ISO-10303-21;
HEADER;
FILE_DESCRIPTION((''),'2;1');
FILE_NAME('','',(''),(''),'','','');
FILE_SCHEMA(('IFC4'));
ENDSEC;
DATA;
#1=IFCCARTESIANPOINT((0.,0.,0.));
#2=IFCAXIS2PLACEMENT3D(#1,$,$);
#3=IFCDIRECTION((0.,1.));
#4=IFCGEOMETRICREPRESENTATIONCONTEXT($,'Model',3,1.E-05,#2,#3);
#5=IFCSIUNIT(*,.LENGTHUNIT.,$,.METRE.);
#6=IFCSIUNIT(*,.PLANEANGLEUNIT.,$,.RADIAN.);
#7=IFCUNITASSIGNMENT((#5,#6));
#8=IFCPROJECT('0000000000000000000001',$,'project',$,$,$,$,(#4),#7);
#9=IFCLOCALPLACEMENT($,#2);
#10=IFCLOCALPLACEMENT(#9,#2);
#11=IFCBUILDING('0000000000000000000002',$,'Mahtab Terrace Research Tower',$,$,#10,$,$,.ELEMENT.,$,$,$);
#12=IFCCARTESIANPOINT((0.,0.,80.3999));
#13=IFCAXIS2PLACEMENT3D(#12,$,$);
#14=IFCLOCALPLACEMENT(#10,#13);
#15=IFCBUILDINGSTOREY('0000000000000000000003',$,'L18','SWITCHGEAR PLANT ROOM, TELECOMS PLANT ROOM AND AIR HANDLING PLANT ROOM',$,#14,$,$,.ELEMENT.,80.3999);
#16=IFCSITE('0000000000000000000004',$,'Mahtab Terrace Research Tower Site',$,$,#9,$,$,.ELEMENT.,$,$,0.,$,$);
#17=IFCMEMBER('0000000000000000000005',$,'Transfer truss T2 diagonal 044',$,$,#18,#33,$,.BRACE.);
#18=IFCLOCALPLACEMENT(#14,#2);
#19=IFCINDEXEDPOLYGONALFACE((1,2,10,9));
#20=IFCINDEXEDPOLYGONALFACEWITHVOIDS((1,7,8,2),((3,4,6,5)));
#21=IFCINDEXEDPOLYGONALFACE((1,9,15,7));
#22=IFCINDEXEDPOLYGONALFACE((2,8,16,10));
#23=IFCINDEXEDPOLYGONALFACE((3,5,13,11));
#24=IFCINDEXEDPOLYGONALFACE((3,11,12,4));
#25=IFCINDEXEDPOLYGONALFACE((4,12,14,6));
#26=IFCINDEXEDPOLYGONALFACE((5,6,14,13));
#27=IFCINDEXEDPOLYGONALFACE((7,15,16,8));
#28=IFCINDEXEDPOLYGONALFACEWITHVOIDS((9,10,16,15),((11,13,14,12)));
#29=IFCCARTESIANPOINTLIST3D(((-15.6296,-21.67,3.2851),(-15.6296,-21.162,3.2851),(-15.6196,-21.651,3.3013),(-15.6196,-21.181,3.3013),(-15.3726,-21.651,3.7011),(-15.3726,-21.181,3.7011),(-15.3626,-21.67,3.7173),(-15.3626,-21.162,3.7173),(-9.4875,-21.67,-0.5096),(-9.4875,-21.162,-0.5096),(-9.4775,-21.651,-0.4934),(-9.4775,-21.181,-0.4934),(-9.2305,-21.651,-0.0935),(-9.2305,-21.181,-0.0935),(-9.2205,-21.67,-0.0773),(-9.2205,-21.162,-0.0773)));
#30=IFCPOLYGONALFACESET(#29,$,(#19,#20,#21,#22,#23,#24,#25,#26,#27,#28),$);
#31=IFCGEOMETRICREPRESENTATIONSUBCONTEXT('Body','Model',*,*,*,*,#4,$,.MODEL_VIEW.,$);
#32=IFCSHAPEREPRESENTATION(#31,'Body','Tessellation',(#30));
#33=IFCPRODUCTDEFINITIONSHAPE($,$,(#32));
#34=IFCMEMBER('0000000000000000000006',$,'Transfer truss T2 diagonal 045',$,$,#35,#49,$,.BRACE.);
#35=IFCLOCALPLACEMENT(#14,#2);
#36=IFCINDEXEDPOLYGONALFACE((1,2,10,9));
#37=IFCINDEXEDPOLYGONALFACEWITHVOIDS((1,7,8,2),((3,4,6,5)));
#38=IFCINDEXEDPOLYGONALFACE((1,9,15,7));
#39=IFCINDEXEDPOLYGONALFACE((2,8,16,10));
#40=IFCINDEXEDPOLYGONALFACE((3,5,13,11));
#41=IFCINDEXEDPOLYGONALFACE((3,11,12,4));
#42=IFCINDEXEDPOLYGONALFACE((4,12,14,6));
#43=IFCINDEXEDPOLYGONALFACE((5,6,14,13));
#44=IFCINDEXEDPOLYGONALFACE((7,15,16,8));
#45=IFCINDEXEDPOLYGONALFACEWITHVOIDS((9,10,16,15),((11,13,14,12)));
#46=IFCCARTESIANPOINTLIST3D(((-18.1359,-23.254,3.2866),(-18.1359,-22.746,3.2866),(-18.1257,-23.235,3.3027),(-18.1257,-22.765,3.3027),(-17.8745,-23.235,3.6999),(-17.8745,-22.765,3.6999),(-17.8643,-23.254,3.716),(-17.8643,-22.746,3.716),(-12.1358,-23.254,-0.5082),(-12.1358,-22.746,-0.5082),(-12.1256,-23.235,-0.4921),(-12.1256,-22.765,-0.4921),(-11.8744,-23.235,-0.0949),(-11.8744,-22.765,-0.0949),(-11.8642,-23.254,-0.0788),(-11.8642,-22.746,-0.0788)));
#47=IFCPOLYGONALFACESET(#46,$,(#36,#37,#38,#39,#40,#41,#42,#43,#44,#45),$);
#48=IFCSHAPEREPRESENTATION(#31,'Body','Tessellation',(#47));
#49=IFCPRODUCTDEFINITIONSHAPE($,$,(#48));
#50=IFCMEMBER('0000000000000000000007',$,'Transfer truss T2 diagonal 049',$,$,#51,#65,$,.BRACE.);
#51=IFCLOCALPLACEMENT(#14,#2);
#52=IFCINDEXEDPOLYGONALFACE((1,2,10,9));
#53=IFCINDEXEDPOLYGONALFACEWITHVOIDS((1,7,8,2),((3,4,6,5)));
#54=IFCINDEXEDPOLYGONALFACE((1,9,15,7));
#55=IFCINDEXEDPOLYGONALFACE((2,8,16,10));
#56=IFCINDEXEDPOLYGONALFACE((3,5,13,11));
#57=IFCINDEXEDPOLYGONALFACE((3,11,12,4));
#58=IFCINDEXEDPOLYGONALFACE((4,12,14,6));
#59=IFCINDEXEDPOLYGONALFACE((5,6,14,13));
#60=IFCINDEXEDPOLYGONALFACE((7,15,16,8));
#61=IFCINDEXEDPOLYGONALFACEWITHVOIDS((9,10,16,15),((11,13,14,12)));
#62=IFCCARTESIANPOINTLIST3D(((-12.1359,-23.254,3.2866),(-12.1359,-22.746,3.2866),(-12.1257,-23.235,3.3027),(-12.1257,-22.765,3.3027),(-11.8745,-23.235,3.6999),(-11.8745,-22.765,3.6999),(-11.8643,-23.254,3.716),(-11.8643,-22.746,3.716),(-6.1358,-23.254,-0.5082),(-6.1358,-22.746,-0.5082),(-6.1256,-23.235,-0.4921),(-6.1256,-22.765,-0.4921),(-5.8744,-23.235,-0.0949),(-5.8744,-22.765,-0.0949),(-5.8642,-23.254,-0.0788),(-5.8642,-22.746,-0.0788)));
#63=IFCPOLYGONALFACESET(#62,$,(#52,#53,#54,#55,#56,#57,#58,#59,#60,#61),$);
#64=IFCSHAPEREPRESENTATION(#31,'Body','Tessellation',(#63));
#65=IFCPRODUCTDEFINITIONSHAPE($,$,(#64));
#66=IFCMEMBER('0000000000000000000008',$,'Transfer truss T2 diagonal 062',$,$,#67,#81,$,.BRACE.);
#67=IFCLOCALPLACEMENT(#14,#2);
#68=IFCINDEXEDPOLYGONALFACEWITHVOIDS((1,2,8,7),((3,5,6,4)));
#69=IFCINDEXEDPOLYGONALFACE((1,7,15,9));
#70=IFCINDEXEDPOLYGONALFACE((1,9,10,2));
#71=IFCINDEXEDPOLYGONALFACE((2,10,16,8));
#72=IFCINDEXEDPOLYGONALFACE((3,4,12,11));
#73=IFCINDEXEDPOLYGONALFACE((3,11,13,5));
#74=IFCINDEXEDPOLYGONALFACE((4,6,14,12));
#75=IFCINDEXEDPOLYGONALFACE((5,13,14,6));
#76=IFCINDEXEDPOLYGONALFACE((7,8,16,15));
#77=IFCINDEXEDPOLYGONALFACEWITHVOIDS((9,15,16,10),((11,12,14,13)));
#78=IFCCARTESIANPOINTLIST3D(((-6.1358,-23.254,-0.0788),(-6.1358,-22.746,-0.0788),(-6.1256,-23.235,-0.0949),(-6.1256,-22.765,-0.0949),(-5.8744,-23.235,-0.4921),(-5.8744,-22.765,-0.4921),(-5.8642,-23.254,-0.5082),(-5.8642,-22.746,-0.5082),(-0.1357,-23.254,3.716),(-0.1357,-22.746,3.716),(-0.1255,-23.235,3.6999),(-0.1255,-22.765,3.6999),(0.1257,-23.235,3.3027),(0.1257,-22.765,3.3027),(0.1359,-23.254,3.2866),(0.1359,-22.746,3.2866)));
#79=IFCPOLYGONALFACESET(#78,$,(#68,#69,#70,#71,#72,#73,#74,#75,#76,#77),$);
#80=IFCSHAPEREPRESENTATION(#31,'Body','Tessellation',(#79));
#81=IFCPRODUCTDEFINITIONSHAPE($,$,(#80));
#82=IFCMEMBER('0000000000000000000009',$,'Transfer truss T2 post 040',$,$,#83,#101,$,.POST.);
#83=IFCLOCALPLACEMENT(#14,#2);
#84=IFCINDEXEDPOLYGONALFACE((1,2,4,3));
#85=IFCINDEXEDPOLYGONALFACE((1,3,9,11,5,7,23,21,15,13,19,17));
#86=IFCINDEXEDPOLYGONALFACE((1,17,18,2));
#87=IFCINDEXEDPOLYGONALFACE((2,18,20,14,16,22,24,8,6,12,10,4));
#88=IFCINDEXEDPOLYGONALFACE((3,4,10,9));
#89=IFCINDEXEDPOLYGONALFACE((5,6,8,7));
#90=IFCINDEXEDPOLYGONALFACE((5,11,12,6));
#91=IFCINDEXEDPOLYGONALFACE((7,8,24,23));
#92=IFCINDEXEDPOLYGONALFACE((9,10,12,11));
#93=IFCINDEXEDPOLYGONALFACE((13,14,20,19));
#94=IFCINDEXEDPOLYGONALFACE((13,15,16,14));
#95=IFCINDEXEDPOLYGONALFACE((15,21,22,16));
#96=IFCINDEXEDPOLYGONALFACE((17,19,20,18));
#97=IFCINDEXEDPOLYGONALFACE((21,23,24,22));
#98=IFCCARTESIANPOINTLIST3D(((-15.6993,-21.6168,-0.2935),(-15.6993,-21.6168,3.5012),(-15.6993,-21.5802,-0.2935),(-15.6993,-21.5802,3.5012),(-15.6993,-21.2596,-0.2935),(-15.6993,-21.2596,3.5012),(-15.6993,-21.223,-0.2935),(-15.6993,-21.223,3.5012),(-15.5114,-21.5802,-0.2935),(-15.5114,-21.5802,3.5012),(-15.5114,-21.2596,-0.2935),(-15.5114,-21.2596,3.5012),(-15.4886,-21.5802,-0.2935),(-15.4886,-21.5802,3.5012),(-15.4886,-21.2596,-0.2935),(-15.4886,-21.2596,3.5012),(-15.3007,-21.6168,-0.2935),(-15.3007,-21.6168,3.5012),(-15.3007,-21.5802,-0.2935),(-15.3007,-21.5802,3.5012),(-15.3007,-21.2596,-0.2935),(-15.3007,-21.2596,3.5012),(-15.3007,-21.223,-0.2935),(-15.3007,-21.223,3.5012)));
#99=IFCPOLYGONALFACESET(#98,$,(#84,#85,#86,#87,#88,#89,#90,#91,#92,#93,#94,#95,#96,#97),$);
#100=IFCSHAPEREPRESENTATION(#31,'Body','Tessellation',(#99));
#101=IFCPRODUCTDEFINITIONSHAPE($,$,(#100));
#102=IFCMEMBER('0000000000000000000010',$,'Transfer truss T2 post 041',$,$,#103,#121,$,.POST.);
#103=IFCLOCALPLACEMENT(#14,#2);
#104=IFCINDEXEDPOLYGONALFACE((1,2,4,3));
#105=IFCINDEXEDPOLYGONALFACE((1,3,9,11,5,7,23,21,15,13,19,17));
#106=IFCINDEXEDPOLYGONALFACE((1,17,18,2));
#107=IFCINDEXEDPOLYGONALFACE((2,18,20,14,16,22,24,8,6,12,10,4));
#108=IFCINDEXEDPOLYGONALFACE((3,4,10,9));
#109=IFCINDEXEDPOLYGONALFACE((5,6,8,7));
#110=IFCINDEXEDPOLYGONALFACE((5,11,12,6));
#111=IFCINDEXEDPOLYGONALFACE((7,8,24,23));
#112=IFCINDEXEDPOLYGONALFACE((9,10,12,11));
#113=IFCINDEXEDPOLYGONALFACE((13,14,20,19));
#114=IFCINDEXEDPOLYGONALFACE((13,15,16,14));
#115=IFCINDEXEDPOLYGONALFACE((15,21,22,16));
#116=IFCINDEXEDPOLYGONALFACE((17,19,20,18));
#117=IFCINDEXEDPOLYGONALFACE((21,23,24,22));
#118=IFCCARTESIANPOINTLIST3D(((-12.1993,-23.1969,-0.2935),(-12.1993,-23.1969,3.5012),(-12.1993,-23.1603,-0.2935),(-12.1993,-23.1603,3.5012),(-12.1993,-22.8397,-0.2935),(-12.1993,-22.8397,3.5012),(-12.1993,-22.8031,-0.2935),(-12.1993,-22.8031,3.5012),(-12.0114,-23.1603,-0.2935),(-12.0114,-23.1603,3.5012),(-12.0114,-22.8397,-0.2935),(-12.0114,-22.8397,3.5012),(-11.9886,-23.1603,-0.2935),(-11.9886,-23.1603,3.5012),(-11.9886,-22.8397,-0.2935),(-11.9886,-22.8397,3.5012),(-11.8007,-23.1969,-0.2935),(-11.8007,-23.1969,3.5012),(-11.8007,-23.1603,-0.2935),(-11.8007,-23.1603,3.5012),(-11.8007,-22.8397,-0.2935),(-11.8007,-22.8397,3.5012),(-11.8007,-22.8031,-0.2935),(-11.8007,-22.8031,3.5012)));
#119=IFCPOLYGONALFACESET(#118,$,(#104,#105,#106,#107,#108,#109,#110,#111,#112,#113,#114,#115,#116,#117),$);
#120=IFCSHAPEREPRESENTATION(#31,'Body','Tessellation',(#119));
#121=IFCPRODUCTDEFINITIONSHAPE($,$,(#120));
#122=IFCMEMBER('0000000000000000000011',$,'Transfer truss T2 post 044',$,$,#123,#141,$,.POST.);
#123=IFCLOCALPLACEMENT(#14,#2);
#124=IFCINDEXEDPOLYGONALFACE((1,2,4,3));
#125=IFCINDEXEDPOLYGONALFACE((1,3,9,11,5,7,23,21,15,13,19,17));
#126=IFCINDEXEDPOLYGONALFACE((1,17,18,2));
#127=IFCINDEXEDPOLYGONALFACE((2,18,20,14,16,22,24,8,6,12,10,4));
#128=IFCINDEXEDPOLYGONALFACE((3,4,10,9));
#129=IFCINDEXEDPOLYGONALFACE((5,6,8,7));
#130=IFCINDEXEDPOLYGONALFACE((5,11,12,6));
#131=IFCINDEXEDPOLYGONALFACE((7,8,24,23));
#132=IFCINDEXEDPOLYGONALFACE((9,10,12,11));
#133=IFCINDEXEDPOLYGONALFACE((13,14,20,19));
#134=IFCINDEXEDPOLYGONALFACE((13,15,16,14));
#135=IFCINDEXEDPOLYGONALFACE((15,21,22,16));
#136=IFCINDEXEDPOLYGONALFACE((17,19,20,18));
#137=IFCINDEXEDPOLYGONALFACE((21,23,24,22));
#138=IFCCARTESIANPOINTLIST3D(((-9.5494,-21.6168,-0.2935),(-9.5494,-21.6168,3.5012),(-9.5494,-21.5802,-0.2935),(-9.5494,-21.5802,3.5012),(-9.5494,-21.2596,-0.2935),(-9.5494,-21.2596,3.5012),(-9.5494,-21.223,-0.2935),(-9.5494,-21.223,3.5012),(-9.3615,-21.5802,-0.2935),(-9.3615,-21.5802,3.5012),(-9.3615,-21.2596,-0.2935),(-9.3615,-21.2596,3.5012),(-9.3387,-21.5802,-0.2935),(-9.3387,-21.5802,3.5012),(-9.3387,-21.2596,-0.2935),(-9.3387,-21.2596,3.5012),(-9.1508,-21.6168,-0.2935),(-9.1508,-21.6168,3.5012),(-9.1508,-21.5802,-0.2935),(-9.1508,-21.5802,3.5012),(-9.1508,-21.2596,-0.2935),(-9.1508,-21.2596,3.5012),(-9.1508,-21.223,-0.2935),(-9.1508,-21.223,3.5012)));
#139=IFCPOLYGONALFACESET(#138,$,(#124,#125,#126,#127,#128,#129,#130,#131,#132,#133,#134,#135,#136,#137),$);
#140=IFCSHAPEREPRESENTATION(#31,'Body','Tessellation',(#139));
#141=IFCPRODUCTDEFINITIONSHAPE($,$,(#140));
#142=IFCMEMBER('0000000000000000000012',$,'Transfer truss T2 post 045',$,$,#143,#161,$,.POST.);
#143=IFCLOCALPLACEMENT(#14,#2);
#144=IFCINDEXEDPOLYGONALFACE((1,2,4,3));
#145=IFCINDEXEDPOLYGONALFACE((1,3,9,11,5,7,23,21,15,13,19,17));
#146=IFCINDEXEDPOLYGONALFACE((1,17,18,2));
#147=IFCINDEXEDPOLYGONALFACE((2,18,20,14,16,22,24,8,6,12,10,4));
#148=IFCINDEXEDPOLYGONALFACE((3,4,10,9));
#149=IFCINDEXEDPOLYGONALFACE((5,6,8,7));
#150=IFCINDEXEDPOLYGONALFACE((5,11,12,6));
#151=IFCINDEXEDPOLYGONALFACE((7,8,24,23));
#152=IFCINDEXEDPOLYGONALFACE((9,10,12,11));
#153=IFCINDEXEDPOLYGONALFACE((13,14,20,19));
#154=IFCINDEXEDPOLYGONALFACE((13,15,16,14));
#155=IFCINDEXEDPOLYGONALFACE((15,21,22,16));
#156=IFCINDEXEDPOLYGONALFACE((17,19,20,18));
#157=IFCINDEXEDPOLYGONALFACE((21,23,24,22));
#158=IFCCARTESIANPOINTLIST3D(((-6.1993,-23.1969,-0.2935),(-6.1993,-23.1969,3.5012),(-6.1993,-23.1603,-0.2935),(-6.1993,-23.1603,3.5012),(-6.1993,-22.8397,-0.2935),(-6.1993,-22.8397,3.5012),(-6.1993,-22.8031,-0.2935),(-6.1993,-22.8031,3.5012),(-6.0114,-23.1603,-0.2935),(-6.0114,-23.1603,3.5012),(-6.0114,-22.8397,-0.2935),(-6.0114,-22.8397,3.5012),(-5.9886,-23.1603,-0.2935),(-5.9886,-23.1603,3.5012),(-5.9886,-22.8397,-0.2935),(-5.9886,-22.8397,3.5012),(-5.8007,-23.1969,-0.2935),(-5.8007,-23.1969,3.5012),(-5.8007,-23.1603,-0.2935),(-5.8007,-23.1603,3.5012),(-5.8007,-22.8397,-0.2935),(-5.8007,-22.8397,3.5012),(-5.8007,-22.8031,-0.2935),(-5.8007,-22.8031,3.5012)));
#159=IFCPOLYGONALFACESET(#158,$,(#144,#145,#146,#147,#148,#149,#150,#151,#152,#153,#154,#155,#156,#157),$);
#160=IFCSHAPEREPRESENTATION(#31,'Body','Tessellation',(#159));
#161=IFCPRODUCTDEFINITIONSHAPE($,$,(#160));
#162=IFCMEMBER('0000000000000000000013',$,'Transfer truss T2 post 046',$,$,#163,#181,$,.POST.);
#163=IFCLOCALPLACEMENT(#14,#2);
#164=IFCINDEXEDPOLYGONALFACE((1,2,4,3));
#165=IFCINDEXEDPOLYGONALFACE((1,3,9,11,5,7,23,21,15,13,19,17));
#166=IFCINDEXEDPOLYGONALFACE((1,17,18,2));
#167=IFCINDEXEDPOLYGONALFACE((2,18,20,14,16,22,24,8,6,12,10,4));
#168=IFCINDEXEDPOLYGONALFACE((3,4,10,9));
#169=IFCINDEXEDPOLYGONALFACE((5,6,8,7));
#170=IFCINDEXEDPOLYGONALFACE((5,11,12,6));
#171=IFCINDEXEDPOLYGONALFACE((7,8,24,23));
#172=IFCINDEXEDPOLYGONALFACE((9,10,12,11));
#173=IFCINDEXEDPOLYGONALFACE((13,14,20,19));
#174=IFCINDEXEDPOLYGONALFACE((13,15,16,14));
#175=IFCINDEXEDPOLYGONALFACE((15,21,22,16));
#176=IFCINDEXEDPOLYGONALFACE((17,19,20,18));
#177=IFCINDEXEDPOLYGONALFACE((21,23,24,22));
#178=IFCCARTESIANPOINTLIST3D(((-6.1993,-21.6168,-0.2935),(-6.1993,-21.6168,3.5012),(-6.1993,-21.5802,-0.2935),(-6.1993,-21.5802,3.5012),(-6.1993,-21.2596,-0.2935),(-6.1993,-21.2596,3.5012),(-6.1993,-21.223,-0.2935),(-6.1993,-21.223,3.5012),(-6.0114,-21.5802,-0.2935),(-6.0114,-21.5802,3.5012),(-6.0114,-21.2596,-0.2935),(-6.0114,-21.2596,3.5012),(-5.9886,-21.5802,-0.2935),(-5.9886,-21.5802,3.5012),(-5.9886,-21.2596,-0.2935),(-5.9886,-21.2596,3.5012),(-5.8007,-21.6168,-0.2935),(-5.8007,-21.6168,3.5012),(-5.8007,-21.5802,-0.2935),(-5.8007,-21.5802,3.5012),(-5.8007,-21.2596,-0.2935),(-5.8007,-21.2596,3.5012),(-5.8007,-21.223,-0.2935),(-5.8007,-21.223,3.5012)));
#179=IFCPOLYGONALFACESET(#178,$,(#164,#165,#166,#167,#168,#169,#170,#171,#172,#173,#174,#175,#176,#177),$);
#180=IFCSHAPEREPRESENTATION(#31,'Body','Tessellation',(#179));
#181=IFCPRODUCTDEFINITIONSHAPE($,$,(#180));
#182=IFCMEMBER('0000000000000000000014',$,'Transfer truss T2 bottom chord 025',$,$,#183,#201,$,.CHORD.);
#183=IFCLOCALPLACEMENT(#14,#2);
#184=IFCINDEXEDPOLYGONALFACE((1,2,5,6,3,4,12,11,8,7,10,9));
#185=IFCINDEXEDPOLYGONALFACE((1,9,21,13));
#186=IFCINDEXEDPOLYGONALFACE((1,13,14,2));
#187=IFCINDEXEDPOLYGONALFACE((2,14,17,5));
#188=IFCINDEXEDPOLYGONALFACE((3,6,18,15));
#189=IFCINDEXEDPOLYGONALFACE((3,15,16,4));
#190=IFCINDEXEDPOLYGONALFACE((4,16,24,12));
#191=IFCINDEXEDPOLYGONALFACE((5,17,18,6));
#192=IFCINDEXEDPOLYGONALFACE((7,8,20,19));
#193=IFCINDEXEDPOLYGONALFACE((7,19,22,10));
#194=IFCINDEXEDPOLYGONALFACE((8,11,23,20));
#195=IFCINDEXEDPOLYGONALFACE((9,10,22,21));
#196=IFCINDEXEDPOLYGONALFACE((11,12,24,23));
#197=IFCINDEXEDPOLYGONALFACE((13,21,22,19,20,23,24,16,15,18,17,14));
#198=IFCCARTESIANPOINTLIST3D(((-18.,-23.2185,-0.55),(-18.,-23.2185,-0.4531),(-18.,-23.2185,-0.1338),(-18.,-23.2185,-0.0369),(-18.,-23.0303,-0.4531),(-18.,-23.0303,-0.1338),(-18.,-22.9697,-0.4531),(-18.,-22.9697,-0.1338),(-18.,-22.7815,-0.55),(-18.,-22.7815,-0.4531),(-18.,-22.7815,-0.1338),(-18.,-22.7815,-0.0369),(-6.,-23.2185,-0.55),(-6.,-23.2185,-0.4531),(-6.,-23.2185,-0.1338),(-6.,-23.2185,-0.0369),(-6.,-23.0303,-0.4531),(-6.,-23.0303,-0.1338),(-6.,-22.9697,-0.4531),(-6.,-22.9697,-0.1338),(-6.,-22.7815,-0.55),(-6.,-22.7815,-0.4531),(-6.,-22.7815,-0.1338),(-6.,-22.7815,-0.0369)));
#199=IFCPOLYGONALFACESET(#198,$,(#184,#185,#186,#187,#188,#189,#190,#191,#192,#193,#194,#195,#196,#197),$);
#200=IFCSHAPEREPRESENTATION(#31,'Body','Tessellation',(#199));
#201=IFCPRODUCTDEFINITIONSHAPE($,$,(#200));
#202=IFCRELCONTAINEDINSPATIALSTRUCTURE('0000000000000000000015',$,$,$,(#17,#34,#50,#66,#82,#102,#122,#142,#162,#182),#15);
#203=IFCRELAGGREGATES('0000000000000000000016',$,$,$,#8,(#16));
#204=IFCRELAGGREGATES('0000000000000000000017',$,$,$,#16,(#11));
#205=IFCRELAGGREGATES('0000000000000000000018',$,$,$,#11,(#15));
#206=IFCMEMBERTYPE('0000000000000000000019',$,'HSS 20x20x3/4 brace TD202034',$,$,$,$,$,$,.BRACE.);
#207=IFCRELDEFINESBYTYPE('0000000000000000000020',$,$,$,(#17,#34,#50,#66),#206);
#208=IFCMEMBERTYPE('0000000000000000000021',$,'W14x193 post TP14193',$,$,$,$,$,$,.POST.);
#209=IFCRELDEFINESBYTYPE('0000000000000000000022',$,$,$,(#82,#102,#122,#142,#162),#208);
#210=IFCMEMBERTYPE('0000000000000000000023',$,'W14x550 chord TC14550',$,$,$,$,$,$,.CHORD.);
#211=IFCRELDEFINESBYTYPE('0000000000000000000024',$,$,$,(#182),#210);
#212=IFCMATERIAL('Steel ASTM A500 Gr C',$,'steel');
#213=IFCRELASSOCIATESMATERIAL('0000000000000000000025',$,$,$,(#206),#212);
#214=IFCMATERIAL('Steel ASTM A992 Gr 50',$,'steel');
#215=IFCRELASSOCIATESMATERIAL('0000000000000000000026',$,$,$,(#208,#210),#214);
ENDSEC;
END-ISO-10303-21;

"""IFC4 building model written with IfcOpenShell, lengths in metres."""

from ifc_helpers import new_model, si_unit, direction, frame, origin, origin_2d, place, context, subcontext, project, spatial, hollow_rectangle, i_section, extrude, material, material_profile, profile_set, type_object, element, save


model = new_model("IFC4")

# Units and contexts
model_context = context("Model", 3, precision=1e-05, world=origin(), true_north=direction((0.0, 1.0)))
body_context = subcontext(model_context, "Body", "Model", "MODEL_VIEW")
ifc_project = project(units=[si_unit("LENGTHUNIT", "METRE"), si_unit("PLANEANGLEUNIT", "RADIAN")], contexts=[model_context])

# Site, building, storey
site_placement = place(None, origin())
site = spatial("IfcSite", under=ifc_project, at=site_placement, Name="Mahtab Terrace Research Tower Site", CompositionType="ELEMENT", RefElevation=0.0)
building_placement = place(site_placement, origin())
building = spatial("IfcBuilding", under=site, at=building_placement, Name="Mahtab Terrace Research Tower", CompositionType="ELEMENT")
storey_placement = place(building_placement, frame((0.0, 0.0, 80.3999)))
storey = spatial("IfcBuildingStorey", under=building, at=storey_placement, Name="L18", Description="SWITCHGEAR PLANT ROOM, TELECOMS PLANT ROOM AND AIR HANDLING PLANT ROOM", CompositionType="ELEMENT", Elevation=80.3999)

# Members
ifc_material_1 = material(Name="Steel ASTM A500 Gr C", Category="steel")
ifc_material_profile_1 = material_profile(ifc_material_1, hollow_rectangle(XDim=0.5081, YDim=0.5081, WallThickness=0.019, at=origin_2d()), Name="HSS20X20X3/4")
ifc_profile_set_1 = profile_set([ifc_material_profile_1], Name="Steel ASTM A500 Gr C")
member_type_1 = type_object("IfcMemberType", Name="HSS 20x20x3/4 brace TD202034", PredefinedType="BRACE", material=ifc_profile_set_1)
member_1_placement = place(storey_placement, frame((-9.354, -21.416, -0.2935), z_axis=(-0.850734, 0.0, 0.525597), x_axis=(0.0, -1.0, 0.0)))
element("IfcMember", 1, at=member_1_placement, inside=storey, type_object=member_type_1, Name="Transfer truss T2 diagonal 044", PredefinedType="BRACE", context=body_context, shape_type="SweptSolid", body=[
    extrude(hollow_rectangle(XDim=0.5081, YDim=0.5081, WallThickness=0.019, at=origin_2d()), origin(), (0.0, 0.0, 1.0), 7.2197),
])
for number, where, z_axis, x_axis, name in (
    (2, (-12.0, -23.0, -0.2935), (-0.845158, 0.0, 0.534517), (0.0, -1.0, 0.0), "Transfer truss T2 diagonal 045"),
    (3, (-6.0, -23.0, -0.2935), (-0.845158, 0.0, 0.534517), (0.0, -1.0, 0.0), "Transfer truss T2 diagonal 049"),
    (4, (-6.0, -23.0, -0.2935), (0.845158, 0.0, 0.534517), (0.0, 1.0, 0.0), "Transfer truss T2 diagonal 062"),
):
    element("IfcMember", number, at=place(storey_placement, frame(where, z_axis=z_axis, x_axis=x_axis)), inside=storey, type_object=member_type_1, Name=name, PredefinedType="BRACE", context=body_context, shape_type="SweptSolid", body=[
        extrude(hollow_rectangle(XDim=0.5081, YDim=0.5081, WallThickness=0.019, at=origin_2d()), origin(), (0.0, 0.0, 1.0), 7.0994),
    ])
ifc_material_2 = material(Name="Steel ASTM A992 Gr 50", Category="steel")
ifc_material_profile_2 = material_profile(ifc_material_2, i_section(OverallWidth=0.3987, OverallDepth=0.3938, WebThickness=0.0227, FlangeThickness=0.0366, at=origin_2d()), Name="W14X193")
ifc_profile_set_2 = profile_set([ifc_material_profile_2], Name="Steel ASTM A992 Gr 50")
member_type_2 = type_object("IfcMemberType", Name="W14x193 post TP14193", PredefinedType="POST", material=ifc_profile_set_2)
for number, where, z_axis, x_axis, name in (
    (5, (-15.5, -21.4199, -0.2935), (0.0, 0.0, 1.0), (1.0, 0.0, 0.0), "Transfer truss T2 post 040"),
    (6, (-12.0, -23.0, -0.2935), (0.0, 0.0, 1.0), (1.0, 0.0, 0.0), "Transfer truss T2 post 041"),
    (7, (-9.3501, -21.4199, -0.2935), (0.0, 0.0, 1.0), (1.0, 0.0, 0.0), "Transfer truss T2 post 044"),
    (8, (-6.0, -23.0, -0.2935), (0.0, 0.0, 1.0), (1.0, 0.0, 0.0), "Transfer truss T2 post 045"),
    (9, (-6.0, -21.4199, -0.2935), (0.0, 0.0, 1.0), (1.0, 0.0, 0.0), "Transfer truss T2 post 046"),
):
    element("IfcMember", number, at=place(storey_placement, frame(where, z_axis=z_axis, x_axis=x_axis)), inside=storey, type_object=member_type_2, Name=name, PredefinedType="POST", context=body_context, shape_type="SweptSolid", body=[
        extrude(i_section(OverallWidth=0.3987, OverallDepth=0.3938, WebThickness=0.0227, FlangeThickness=0.0366, at=origin_2d()), origin(), (0.0, 0.0, 1.0), 3.7947),
    ])
ifc_material_profile_3 = material_profile(ifc_material_2, i_section(OverallWidth=0.437, OverallDepth=0.5132, WebThickness=0.0605, FlangeThickness=0.0969, at=origin_2d()), Name="W14X550")
ifc_profile_set_3 = profile_set([ifc_material_profile_3], Name="Steel ASTM A992 Gr 50")
member_type_3 = type_object("IfcMemberType", Name="W14x550 chord TC14550", PredefinedType="CHORD", material=ifc_profile_set_3)
member_2_placement = place(storey_placement, frame((-6.0, -23.0, -0.2935), z_axis=(-1.0, 0.0, 0.0), x_axis=(0.0, -1.0, 0.0)))
element("IfcMember", 10, at=member_2_placement, inside=storey, type_object=member_type_3, Name="Transfer truss T2 bottom chord 025", PredefinedType="CHORD", context=body_context, shape_type="SweptSolid", body=[
    extrude(i_section(OverallWidth=0.437, OverallDepth=0.5132, WebThickness=0.0605, FlangeThickness=0.0969, at=origin_2d()), origin(), (0.0, 0.0, 1.0), 12.0),
])

save(model, "model.ifc")
